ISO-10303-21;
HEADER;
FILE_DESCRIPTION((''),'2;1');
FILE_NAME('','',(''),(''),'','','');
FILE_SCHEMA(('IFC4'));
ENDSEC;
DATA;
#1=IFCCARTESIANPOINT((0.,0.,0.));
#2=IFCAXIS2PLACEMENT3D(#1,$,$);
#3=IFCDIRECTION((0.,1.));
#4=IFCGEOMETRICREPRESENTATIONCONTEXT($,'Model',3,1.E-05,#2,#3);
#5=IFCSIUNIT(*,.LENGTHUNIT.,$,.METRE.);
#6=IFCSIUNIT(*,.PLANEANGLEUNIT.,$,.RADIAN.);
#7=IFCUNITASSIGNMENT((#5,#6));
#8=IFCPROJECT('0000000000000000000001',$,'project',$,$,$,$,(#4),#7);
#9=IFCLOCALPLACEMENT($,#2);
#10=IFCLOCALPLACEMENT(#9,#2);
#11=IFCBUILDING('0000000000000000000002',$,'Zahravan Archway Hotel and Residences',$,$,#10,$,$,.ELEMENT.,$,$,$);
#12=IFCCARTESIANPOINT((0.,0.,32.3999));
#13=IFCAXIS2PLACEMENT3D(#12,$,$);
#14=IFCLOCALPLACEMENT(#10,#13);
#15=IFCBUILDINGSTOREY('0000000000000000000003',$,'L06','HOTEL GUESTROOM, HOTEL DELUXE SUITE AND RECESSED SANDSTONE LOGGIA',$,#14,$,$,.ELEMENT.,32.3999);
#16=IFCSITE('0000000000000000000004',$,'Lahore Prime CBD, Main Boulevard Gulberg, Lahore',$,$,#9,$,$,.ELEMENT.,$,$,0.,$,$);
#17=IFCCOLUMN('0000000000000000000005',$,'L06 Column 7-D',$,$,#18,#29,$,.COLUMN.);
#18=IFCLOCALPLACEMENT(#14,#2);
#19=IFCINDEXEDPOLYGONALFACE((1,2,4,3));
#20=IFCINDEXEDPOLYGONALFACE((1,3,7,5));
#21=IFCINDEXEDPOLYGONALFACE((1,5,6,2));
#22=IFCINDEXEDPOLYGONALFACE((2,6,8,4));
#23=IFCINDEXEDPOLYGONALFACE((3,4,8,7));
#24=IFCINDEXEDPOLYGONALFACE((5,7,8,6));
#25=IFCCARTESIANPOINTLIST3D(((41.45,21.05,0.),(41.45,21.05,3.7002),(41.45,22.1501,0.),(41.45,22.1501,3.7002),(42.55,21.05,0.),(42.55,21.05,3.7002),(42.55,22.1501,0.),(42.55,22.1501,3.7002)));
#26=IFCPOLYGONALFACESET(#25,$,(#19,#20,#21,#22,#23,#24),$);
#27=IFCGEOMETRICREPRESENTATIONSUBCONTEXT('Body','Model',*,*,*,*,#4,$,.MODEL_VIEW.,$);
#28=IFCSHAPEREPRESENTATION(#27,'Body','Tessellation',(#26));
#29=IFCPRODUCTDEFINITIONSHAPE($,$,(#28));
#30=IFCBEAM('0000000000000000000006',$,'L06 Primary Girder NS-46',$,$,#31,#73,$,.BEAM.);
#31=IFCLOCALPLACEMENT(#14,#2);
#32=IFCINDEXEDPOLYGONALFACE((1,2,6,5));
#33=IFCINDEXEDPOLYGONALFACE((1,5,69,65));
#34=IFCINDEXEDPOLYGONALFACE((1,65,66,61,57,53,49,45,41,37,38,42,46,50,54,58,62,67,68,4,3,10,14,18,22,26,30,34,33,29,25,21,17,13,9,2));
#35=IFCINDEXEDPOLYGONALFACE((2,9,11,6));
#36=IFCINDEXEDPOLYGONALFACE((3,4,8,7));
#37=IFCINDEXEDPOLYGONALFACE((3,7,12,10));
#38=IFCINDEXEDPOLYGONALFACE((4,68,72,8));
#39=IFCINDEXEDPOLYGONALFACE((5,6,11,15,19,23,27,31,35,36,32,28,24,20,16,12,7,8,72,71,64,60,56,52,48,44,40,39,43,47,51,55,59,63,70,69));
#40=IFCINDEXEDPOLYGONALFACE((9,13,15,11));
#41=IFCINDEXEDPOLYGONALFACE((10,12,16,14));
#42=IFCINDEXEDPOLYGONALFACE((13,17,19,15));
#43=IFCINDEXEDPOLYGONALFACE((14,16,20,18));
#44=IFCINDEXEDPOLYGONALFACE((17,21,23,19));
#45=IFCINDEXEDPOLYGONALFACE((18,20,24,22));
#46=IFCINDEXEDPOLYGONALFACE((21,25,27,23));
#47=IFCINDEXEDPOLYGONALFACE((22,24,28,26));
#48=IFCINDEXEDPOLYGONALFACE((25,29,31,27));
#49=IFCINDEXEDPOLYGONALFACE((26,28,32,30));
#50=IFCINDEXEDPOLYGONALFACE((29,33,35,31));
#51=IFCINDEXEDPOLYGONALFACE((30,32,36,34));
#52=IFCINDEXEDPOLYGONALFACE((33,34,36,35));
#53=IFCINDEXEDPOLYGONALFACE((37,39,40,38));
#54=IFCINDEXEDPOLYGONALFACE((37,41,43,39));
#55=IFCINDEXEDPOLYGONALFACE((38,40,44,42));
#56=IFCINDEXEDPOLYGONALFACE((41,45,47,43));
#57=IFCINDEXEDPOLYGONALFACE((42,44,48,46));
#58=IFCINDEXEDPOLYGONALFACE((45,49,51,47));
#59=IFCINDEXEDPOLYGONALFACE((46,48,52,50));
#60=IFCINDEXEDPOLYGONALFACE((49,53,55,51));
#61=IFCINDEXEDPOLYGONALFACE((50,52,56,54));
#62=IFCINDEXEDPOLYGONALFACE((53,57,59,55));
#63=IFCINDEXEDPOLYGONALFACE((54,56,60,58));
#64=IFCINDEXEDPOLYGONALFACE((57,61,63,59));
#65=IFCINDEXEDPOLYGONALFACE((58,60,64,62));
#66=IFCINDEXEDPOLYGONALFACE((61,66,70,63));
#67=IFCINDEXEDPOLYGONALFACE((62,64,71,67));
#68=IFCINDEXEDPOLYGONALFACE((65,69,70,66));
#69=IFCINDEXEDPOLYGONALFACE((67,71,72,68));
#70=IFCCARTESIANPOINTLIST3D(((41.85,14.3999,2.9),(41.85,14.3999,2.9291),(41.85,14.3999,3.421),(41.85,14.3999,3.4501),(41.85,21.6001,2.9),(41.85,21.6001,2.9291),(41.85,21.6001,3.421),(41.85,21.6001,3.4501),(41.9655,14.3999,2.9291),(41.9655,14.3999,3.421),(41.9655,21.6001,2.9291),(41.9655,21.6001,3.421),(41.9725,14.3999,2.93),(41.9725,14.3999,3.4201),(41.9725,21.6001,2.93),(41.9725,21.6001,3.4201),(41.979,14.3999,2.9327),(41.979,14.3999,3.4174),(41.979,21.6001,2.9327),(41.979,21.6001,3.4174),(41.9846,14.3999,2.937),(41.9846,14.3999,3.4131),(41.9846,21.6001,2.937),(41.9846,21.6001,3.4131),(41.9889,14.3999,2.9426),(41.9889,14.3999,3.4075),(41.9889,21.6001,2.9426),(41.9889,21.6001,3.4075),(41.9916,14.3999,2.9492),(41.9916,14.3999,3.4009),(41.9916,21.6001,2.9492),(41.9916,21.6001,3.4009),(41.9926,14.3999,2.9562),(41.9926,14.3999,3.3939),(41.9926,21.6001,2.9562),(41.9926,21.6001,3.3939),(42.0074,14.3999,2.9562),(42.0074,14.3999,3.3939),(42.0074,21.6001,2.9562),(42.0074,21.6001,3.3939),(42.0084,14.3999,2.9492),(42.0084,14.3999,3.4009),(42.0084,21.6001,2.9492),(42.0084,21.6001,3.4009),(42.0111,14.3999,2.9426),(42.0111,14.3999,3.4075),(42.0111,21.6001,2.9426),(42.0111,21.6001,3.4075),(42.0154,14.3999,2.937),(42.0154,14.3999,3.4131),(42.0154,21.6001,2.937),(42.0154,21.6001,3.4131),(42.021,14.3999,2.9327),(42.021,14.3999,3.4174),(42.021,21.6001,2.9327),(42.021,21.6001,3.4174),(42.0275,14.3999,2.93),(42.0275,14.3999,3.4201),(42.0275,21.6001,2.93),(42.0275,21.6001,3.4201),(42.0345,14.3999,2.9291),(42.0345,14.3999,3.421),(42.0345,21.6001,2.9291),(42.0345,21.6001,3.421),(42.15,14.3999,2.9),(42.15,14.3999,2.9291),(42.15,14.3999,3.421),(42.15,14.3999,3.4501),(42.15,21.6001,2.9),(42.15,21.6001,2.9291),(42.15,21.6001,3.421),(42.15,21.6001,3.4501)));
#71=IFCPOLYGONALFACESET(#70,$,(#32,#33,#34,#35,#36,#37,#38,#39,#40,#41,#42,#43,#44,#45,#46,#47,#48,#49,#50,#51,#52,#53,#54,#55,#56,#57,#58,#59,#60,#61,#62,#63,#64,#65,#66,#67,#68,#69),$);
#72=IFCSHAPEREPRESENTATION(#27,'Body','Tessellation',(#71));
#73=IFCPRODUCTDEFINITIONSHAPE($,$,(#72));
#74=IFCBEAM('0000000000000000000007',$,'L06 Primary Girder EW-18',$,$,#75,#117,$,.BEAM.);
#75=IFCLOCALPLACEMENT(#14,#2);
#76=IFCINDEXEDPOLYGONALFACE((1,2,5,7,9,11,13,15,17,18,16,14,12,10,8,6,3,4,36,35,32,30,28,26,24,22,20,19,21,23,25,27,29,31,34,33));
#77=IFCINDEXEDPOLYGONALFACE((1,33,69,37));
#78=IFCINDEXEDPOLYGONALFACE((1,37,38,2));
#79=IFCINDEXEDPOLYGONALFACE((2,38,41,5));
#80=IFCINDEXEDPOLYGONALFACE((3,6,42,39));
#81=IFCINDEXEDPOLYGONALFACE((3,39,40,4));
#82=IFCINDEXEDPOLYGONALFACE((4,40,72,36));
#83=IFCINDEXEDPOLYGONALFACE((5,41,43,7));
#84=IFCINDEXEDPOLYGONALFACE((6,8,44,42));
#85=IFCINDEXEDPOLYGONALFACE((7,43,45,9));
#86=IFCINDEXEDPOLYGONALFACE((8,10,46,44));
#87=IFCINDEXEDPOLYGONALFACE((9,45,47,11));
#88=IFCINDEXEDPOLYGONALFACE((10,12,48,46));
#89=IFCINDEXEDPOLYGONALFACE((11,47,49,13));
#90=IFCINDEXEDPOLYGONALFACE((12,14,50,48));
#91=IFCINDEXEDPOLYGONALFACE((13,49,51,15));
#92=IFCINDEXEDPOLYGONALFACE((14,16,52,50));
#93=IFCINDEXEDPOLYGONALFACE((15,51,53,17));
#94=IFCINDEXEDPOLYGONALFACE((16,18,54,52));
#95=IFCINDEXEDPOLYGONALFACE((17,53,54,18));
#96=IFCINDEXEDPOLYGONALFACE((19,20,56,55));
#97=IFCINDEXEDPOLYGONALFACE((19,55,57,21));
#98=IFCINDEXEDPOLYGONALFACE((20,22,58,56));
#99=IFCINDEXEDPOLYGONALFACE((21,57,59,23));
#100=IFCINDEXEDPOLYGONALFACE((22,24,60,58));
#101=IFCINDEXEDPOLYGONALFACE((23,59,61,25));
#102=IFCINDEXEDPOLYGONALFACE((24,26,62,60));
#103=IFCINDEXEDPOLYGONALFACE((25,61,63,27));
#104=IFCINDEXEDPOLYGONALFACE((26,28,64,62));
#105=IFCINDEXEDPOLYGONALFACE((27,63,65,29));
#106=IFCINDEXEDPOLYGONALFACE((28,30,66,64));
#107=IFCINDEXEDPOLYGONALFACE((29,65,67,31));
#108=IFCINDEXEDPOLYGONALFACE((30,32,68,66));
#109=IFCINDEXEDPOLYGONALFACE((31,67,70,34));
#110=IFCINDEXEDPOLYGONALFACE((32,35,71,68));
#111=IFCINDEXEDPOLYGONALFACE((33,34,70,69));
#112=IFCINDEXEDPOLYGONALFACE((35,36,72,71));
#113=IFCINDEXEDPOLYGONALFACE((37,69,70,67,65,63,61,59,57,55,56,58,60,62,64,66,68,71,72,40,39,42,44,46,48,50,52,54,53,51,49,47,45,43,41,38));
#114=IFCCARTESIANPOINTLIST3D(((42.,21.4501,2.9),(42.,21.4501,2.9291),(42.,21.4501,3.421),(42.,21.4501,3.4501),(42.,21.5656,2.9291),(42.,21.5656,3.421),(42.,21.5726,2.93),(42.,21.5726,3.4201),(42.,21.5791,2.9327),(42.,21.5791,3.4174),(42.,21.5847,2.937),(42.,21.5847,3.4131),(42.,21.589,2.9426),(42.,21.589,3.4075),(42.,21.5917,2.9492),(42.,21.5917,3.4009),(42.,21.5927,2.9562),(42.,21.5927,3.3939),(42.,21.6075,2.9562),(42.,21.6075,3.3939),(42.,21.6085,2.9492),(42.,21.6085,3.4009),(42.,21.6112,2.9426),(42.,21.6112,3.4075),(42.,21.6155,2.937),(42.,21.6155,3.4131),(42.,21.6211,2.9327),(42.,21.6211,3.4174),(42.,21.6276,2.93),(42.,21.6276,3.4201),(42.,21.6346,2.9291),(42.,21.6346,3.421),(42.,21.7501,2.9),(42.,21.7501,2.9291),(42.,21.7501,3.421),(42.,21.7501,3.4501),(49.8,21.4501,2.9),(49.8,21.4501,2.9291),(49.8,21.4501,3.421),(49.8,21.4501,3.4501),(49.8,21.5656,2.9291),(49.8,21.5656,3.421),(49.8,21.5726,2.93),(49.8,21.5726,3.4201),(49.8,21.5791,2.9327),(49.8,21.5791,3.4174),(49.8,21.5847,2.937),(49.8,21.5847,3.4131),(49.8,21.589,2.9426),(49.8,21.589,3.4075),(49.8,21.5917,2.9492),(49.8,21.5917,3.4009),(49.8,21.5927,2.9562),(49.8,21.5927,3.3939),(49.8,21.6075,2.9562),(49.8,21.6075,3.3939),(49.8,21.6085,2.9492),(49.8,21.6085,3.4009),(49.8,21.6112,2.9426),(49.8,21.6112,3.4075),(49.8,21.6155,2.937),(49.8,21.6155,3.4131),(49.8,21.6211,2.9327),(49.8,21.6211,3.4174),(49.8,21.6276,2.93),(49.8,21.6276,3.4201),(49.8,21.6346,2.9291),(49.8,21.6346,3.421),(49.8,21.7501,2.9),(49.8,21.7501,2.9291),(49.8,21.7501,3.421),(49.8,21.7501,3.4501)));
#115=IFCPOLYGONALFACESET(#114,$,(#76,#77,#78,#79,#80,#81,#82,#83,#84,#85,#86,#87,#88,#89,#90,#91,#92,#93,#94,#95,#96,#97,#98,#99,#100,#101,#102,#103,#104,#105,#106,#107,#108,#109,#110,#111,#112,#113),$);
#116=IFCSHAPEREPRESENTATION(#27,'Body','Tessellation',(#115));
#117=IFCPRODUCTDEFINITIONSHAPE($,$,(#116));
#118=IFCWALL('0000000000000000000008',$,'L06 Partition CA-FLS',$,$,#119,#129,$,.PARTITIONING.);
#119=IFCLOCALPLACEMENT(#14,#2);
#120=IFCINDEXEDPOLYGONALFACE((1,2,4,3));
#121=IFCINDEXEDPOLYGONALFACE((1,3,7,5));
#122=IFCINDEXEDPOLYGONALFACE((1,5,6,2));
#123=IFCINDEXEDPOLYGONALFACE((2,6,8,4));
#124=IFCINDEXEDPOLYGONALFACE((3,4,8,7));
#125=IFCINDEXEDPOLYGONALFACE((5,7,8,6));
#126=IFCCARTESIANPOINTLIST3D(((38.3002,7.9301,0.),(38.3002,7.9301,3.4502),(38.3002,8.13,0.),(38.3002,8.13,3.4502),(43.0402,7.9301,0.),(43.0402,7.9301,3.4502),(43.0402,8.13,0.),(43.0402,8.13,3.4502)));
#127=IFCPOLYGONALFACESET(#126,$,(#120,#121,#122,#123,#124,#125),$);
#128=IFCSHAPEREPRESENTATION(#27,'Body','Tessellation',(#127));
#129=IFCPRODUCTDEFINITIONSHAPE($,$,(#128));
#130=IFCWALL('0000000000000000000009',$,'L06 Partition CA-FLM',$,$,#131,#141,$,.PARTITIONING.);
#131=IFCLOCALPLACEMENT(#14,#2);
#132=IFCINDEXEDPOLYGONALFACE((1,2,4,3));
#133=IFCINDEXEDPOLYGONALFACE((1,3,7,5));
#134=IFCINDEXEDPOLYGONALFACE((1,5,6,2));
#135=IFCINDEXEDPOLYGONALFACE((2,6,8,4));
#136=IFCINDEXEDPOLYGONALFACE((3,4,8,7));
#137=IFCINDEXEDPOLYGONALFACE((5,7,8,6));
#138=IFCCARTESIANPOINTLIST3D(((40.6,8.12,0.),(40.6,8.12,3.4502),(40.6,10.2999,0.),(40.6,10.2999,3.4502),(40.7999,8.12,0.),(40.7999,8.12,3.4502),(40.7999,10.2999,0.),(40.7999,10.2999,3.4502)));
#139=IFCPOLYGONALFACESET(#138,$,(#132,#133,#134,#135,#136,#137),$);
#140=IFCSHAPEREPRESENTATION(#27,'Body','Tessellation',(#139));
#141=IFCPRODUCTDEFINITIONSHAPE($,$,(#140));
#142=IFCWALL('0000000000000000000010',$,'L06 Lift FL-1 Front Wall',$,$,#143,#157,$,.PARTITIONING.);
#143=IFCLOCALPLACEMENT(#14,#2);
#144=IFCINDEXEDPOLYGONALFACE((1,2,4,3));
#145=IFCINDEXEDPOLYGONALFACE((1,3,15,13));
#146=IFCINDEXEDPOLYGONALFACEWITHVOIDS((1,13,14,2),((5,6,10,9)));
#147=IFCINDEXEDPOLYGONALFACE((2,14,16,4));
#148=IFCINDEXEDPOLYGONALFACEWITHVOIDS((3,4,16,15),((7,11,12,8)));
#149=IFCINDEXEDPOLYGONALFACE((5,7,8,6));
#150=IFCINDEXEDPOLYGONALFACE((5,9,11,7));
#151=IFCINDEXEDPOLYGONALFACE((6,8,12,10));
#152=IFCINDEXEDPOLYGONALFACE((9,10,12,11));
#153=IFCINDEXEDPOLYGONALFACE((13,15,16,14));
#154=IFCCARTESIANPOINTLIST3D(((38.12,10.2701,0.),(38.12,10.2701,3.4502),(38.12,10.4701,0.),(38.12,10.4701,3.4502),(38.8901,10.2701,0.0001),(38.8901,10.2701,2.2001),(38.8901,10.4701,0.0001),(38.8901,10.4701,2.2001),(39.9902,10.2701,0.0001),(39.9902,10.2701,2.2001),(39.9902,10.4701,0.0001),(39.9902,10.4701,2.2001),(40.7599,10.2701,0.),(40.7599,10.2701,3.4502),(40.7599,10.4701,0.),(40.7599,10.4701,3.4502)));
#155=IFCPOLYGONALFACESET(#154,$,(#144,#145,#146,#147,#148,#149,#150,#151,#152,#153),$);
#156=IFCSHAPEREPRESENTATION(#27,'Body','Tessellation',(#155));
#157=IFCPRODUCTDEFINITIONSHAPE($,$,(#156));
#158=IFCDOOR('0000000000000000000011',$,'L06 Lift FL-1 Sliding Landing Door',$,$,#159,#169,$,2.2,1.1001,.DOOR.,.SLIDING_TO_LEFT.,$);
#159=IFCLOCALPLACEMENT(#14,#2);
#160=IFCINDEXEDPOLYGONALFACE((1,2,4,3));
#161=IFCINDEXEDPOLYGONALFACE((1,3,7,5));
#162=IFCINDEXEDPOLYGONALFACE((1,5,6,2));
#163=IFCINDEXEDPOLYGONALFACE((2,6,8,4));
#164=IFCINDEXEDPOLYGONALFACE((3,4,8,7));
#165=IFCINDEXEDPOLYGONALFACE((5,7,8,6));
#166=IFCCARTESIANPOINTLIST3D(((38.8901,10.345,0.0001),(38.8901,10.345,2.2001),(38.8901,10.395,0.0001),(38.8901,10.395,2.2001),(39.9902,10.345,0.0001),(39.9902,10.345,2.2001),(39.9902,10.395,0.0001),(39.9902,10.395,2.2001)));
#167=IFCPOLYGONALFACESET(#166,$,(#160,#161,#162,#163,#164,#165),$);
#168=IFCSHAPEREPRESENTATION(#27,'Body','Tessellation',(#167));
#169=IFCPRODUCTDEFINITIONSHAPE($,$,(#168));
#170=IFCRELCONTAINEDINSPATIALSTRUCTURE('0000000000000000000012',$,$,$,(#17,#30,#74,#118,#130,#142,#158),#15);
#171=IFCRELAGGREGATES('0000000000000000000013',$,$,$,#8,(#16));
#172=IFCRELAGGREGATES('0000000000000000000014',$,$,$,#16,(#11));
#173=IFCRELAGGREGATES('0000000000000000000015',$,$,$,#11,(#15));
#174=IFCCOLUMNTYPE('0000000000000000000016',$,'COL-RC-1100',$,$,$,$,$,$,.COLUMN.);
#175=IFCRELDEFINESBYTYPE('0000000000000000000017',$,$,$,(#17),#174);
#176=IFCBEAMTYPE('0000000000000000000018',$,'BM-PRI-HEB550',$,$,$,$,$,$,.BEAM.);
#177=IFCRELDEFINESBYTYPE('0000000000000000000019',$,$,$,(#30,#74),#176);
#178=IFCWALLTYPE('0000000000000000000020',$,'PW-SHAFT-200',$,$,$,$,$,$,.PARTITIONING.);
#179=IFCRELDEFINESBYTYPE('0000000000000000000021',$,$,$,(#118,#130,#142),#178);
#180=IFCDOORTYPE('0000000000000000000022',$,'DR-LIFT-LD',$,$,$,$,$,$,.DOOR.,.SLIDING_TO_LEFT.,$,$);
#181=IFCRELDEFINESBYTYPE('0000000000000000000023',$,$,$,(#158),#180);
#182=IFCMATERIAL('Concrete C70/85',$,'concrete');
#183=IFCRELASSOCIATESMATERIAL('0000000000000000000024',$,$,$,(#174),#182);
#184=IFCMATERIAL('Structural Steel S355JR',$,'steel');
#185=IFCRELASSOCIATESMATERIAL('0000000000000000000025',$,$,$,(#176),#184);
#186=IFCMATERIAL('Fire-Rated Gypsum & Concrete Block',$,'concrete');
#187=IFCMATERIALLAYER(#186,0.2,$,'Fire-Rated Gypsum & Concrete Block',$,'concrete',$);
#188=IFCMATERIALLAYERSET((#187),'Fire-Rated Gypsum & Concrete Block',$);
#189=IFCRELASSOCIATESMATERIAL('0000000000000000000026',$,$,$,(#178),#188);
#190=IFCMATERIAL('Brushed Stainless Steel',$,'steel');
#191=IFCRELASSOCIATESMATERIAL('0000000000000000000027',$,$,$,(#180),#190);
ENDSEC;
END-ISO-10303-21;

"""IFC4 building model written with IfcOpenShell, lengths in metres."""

from ifc_helpers import new_model, si_unit, direction, frame, frame_2d, origin, origin_2d, place, context, subcontext, project, spatial, rectangle, i_section, extrude, source, transform, mapped, material, layer, layer_set, material_profile, profile_set, type_object, type_shapes, element, fill, save


model = new_model("IFC4")

# Units and contexts
model_context = context("Model", 3, precision=1e-05, world=origin(), true_north=direction((0.0, 1.0)))
body_context = subcontext(model_context, "Body", "Model", "MODEL_VIEW")
ifc_project = project(units=[si_unit("LENGTHUNIT", "METRE"), si_unit("PLANEANGLEUNIT", "RADIAN")], contexts=[model_context])

# Site, building, storey
site_placement = place(None, origin())
site = spatial("IfcSite", under=ifc_project, at=site_placement, Name="Lahore Prime CBD, Main Boulevard Gulberg, Lahore", CompositionType="ELEMENT", RefElevation=0.0)
building_placement = place(site_placement, origin())
building = spatial("IfcBuilding", under=site, at=building_placement, Name="Zahravan Archway Hotel and Residences", CompositionType="ELEMENT")
storey_placement = place(building_placement, frame((0.0, 0.0, 32.3999)))
storey = spatial("IfcBuildingStorey", under=building, at=storey_placement, Name="L06", Description="HOTEL GUESTROOM, HOTEL DELUXE SUITE AND RECESSED SANDSTONE LOGGIA", CompositionType="ELEMENT", Elevation=32.3999)

# Column
ifc_material_1 = material(Name="Concrete C70/85", Category="concrete")
ifc_material_profile_1 = material_profile(ifc_material_1, rectangle(XDim=1.1001, YDim=1.1001, at=origin_2d()), Name="RC 1100x1100", Category="concrete")
ifc_profile_set_1 = profile_set([ifc_material_profile_1], Name="Concrete C70/85")
column_type = type_object("IfcColumnType", Name="COL-RC-1100", PredefinedType="COLUMN", material=ifc_profile_set_1)
shared_shape_1 = source(origin(), body_context, "Body", "SweptSolid", [
    extrude(rectangle(XDim=1.1001, YDim=1.1001, at=origin_2d()), origin(), (0.0, 0.0, 1.0), 3.7002),
])
column_placement = place(storey_placement, frame((42.0, 21.6001, 0.0), z_axis=(0.0, 0.0, 1.0), x_axis=(1.0, 0.0, 0.0)))
element("IfcColumn", 1, at=column_placement, inside=storey, type_object=column_type, Name="L06 Column 7-D", PredefinedType="COLUMN", context=body_context, shape_type="MappedRepresentation", body=[
    mapped(shared_shape_1, transform((0.0, 0.0, 0.0), scale=1.0)),
])

# Beams
ifc_material_2 = material(Name="Structural Steel S355JR", Category="steel")
ifc_material_profile_2 = material_profile(ifc_material_2, i_section(OverallWidth=0.3, OverallDepth=0.55, WebThickness=0.0149, FlangeThickness=0.0291, FilletRadius=0.0271, at=origin_2d()), Name="HEB 550", Category="steel")
ifc_profile_set_2 = profile_set([ifc_material_profile_2], Name="Structural Steel S355JR")
beam_type = type_object("IfcBeamType", Name="BM-PRI-HEB550", PredefinedType="BEAM", material=ifc_profile_set_2)
shared_shape_2 = source(origin(), body_context, "Body", "SweptSolid", [
    extrude(i_section(OverallWidth=0.3, OverallDepth=0.55, WebThickness=0.0149, FlangeThickness=0.0291, FilletRadius=0.0271, at=origin_2d()), origin(), (0.0, 0.0, 1.0), 7.2002),
])
type_shapes(beam_type, [shared_shape_2])
beam_1_placement = place(storey_placement, frame((42.0, 14.3999, 3.175), z_axis=(0.0, 1.0, 0.0), x_axis=(-1.0, 0.0, 0.0)))
element("IfcBeam", 2, at=beam_1_placement, inside=storey, type_object=beam_type, Name="L06 Primary Girder NS-46", PredefinedType="BEAM", context=body_context, shape_type="MappedRepresentation", body=[
    mapped(shared_shape_2, transform((0.0, 0.0, 0.0), scale=1.0)),
])
shared_shape_3 = source(origin(), body_context, "Body", "SweptSolid", [
    extrude(i_section(OverallWidth=0.3, OverallDepth=0.55, WebThickness=0.0149, FlangeThickness=0.0291, FilletRadius=0.0271, at=origin_2d()), origin(), (0.0, 0.0, 1.0), 7.8),
])
beam_2_placement = place(storey_placement, frame((42.0, 21.6001, 3.175), z_axis=(1.0, 0.0, 0.0), x_axis=(0.0, 1.0, 0.0)))
element("IfcBeam", 3, at=beam_2_placement, inside=storey, type_object=beam_type, Name="L06 Primary Girder EW-18", PredefinedType="BEAM", context=body_context, shape_type="MappedRepresentation", body=[
    mapped(shared_shape_3, transform((0.0, 0.0, 0.0), scale=1.0)),
])

# Shared definitions
ifc_material_3 = material(Name="Fire-Rated Gypsum & Concrete Block", Category="concrete")

# Walls
ifc_layer_1 = layer(ifc_material_3, 0.2, Name="Fire-Rated Gypsum & Concrete Block", Category="concrete")
ifc_layer_set_1 = layer_set([ifc_layer_1], Name="Fire-Rated Gypsum & Concrete Block")
wall_type_1 = type_object("IfcWallType", Name="PW-SHAFT-200", PredefinedType="PARTITIONING", material=ifc_layer_set_1)
wall_1_placement = place(storey_placement, frame((38.3, 8.03, 0.0), z_axis=(0.0, 0.0, 1.0), x_axis=(1.0, 0.0, 0.0)))
element("IfcWall", 4, at=wall_1_placement, inside=storey, type_object=wall_type_1, Name="L06 Partition CA-FLS", PredefinedType="PARTITIONING", context=body_context, shape_type="SweptSolid", body=[
    extrude(rectangle(XDim=4.74, YDim=0.2, at=frame_2d((2.3701, 0.0))), origin(), (0.0, 0.0, 1.0), 3.4502),
])
wall_2_placement = place(storey_placement, frame((40.7, 8.1201, 0.0), z_axis=(0.0, 0.0, 1.0), x_axis=(0.0, 1.0, 0.0)))
element("IfcWall", 5, at=wall_2_placement, inside=storey, type_object=wall_type_1, Name="L06 Partition CA-FLM", PredefinedType="PARTITIONING", context=body_context, shape_type="SweptSolid", body=[
    extrude(rectangle(XDim=2.1799, YDim=0.2, at=frame_2d((1.0898, 0.0))), origin(), (0.0, 0.0, 1.0), 3.4502),
])

# Wall, opening, door
wall_3_placement = place(storey_placement, frame((38.1201, 10.3701, 0.0), z_axis=(0.0, 0.0, 1.0), x_axis=(1.0, 0.0, 0.0)))
wall_3 = element("IfcWall", 6, at=wall_3_placement, inside=storey, type_object=wall_type_1, Name="L06 Lift FL-1 Front Wall", PredefinedType="PARTITIONING", context=body_context, shape_type="SweptSolid", body=[
    extrude(rectangle(XDim=2.6399, YDim=0.2, at=frame_2d((1.3198, 0.0))), origin(), (0.0, 0.0, 1.0), 3.4502),
])
opening_1_placement = place(wall_3_placement, frame((0.77, 0.0, 0.0)))
opening_1 = element("IfcOpeningElement", 7, at=opening_1_placement, cuts=wall_3, PredefinedType="OPENING", context=body_context, shape_type="SweptSolid", body=[
    extrude(rectangle(XDim=1.1001, YDim=2.2, at=frame_2d((0.55, 1.1001))), frame((0.0, 0.1099, 0.0), z_axis=(0.0, -1.0, 0.0), x_axis=(1.0, 0.0, 0.0)), (0.0, 0.0, 1.0), 0.22),
])
ifc_material_4 = material(Name="Brushed Stainless Steel", Category="steel")
door_type_1 = type_object("IfcDoorType", Name="DR-LIFT-LD", OperationType="SLIDING_TO_LEFT", PredefinedType="DOOR", material=ifc_material_4)
shared_shape_4 = source(origin(), body_context, "Body", "SweptSolid", [
    extrude(rectangle(XDim=1.1001, YDim=2.2, at=frame_2d((0.55, 1.1001))), frame((0.0, 0.0249, 0.0), z_axis=(0.0, -1.0, 0.0), x_axis=(1.0, 0.0, 0.0)), (0.0, 0.0, 1.0), 0.05),
])
type_shapes(door_type_1, [shared_shape_4])
door_1_placement = place(opening_1_placement, origin())
door_1 = element("IfcDoor", 8, at=door_1_placement, inside=storey, type_object=door_type_1, Name="L06 Lift FL-1 Sliding Landing Door", OperationType="SLIDING_TO_LEFT", OverallHeight=2.2, OverallWidth=1.1001, PredefinedType="DOOR", context=body_context, shape_type="MappedRepresentation", body=[
    mapped(shared_shape_4, transform((0.0, 0.0, 0.0), scale=1.0)),
])
fill(opening_1, door_1)

save(model, "model.ifc")
